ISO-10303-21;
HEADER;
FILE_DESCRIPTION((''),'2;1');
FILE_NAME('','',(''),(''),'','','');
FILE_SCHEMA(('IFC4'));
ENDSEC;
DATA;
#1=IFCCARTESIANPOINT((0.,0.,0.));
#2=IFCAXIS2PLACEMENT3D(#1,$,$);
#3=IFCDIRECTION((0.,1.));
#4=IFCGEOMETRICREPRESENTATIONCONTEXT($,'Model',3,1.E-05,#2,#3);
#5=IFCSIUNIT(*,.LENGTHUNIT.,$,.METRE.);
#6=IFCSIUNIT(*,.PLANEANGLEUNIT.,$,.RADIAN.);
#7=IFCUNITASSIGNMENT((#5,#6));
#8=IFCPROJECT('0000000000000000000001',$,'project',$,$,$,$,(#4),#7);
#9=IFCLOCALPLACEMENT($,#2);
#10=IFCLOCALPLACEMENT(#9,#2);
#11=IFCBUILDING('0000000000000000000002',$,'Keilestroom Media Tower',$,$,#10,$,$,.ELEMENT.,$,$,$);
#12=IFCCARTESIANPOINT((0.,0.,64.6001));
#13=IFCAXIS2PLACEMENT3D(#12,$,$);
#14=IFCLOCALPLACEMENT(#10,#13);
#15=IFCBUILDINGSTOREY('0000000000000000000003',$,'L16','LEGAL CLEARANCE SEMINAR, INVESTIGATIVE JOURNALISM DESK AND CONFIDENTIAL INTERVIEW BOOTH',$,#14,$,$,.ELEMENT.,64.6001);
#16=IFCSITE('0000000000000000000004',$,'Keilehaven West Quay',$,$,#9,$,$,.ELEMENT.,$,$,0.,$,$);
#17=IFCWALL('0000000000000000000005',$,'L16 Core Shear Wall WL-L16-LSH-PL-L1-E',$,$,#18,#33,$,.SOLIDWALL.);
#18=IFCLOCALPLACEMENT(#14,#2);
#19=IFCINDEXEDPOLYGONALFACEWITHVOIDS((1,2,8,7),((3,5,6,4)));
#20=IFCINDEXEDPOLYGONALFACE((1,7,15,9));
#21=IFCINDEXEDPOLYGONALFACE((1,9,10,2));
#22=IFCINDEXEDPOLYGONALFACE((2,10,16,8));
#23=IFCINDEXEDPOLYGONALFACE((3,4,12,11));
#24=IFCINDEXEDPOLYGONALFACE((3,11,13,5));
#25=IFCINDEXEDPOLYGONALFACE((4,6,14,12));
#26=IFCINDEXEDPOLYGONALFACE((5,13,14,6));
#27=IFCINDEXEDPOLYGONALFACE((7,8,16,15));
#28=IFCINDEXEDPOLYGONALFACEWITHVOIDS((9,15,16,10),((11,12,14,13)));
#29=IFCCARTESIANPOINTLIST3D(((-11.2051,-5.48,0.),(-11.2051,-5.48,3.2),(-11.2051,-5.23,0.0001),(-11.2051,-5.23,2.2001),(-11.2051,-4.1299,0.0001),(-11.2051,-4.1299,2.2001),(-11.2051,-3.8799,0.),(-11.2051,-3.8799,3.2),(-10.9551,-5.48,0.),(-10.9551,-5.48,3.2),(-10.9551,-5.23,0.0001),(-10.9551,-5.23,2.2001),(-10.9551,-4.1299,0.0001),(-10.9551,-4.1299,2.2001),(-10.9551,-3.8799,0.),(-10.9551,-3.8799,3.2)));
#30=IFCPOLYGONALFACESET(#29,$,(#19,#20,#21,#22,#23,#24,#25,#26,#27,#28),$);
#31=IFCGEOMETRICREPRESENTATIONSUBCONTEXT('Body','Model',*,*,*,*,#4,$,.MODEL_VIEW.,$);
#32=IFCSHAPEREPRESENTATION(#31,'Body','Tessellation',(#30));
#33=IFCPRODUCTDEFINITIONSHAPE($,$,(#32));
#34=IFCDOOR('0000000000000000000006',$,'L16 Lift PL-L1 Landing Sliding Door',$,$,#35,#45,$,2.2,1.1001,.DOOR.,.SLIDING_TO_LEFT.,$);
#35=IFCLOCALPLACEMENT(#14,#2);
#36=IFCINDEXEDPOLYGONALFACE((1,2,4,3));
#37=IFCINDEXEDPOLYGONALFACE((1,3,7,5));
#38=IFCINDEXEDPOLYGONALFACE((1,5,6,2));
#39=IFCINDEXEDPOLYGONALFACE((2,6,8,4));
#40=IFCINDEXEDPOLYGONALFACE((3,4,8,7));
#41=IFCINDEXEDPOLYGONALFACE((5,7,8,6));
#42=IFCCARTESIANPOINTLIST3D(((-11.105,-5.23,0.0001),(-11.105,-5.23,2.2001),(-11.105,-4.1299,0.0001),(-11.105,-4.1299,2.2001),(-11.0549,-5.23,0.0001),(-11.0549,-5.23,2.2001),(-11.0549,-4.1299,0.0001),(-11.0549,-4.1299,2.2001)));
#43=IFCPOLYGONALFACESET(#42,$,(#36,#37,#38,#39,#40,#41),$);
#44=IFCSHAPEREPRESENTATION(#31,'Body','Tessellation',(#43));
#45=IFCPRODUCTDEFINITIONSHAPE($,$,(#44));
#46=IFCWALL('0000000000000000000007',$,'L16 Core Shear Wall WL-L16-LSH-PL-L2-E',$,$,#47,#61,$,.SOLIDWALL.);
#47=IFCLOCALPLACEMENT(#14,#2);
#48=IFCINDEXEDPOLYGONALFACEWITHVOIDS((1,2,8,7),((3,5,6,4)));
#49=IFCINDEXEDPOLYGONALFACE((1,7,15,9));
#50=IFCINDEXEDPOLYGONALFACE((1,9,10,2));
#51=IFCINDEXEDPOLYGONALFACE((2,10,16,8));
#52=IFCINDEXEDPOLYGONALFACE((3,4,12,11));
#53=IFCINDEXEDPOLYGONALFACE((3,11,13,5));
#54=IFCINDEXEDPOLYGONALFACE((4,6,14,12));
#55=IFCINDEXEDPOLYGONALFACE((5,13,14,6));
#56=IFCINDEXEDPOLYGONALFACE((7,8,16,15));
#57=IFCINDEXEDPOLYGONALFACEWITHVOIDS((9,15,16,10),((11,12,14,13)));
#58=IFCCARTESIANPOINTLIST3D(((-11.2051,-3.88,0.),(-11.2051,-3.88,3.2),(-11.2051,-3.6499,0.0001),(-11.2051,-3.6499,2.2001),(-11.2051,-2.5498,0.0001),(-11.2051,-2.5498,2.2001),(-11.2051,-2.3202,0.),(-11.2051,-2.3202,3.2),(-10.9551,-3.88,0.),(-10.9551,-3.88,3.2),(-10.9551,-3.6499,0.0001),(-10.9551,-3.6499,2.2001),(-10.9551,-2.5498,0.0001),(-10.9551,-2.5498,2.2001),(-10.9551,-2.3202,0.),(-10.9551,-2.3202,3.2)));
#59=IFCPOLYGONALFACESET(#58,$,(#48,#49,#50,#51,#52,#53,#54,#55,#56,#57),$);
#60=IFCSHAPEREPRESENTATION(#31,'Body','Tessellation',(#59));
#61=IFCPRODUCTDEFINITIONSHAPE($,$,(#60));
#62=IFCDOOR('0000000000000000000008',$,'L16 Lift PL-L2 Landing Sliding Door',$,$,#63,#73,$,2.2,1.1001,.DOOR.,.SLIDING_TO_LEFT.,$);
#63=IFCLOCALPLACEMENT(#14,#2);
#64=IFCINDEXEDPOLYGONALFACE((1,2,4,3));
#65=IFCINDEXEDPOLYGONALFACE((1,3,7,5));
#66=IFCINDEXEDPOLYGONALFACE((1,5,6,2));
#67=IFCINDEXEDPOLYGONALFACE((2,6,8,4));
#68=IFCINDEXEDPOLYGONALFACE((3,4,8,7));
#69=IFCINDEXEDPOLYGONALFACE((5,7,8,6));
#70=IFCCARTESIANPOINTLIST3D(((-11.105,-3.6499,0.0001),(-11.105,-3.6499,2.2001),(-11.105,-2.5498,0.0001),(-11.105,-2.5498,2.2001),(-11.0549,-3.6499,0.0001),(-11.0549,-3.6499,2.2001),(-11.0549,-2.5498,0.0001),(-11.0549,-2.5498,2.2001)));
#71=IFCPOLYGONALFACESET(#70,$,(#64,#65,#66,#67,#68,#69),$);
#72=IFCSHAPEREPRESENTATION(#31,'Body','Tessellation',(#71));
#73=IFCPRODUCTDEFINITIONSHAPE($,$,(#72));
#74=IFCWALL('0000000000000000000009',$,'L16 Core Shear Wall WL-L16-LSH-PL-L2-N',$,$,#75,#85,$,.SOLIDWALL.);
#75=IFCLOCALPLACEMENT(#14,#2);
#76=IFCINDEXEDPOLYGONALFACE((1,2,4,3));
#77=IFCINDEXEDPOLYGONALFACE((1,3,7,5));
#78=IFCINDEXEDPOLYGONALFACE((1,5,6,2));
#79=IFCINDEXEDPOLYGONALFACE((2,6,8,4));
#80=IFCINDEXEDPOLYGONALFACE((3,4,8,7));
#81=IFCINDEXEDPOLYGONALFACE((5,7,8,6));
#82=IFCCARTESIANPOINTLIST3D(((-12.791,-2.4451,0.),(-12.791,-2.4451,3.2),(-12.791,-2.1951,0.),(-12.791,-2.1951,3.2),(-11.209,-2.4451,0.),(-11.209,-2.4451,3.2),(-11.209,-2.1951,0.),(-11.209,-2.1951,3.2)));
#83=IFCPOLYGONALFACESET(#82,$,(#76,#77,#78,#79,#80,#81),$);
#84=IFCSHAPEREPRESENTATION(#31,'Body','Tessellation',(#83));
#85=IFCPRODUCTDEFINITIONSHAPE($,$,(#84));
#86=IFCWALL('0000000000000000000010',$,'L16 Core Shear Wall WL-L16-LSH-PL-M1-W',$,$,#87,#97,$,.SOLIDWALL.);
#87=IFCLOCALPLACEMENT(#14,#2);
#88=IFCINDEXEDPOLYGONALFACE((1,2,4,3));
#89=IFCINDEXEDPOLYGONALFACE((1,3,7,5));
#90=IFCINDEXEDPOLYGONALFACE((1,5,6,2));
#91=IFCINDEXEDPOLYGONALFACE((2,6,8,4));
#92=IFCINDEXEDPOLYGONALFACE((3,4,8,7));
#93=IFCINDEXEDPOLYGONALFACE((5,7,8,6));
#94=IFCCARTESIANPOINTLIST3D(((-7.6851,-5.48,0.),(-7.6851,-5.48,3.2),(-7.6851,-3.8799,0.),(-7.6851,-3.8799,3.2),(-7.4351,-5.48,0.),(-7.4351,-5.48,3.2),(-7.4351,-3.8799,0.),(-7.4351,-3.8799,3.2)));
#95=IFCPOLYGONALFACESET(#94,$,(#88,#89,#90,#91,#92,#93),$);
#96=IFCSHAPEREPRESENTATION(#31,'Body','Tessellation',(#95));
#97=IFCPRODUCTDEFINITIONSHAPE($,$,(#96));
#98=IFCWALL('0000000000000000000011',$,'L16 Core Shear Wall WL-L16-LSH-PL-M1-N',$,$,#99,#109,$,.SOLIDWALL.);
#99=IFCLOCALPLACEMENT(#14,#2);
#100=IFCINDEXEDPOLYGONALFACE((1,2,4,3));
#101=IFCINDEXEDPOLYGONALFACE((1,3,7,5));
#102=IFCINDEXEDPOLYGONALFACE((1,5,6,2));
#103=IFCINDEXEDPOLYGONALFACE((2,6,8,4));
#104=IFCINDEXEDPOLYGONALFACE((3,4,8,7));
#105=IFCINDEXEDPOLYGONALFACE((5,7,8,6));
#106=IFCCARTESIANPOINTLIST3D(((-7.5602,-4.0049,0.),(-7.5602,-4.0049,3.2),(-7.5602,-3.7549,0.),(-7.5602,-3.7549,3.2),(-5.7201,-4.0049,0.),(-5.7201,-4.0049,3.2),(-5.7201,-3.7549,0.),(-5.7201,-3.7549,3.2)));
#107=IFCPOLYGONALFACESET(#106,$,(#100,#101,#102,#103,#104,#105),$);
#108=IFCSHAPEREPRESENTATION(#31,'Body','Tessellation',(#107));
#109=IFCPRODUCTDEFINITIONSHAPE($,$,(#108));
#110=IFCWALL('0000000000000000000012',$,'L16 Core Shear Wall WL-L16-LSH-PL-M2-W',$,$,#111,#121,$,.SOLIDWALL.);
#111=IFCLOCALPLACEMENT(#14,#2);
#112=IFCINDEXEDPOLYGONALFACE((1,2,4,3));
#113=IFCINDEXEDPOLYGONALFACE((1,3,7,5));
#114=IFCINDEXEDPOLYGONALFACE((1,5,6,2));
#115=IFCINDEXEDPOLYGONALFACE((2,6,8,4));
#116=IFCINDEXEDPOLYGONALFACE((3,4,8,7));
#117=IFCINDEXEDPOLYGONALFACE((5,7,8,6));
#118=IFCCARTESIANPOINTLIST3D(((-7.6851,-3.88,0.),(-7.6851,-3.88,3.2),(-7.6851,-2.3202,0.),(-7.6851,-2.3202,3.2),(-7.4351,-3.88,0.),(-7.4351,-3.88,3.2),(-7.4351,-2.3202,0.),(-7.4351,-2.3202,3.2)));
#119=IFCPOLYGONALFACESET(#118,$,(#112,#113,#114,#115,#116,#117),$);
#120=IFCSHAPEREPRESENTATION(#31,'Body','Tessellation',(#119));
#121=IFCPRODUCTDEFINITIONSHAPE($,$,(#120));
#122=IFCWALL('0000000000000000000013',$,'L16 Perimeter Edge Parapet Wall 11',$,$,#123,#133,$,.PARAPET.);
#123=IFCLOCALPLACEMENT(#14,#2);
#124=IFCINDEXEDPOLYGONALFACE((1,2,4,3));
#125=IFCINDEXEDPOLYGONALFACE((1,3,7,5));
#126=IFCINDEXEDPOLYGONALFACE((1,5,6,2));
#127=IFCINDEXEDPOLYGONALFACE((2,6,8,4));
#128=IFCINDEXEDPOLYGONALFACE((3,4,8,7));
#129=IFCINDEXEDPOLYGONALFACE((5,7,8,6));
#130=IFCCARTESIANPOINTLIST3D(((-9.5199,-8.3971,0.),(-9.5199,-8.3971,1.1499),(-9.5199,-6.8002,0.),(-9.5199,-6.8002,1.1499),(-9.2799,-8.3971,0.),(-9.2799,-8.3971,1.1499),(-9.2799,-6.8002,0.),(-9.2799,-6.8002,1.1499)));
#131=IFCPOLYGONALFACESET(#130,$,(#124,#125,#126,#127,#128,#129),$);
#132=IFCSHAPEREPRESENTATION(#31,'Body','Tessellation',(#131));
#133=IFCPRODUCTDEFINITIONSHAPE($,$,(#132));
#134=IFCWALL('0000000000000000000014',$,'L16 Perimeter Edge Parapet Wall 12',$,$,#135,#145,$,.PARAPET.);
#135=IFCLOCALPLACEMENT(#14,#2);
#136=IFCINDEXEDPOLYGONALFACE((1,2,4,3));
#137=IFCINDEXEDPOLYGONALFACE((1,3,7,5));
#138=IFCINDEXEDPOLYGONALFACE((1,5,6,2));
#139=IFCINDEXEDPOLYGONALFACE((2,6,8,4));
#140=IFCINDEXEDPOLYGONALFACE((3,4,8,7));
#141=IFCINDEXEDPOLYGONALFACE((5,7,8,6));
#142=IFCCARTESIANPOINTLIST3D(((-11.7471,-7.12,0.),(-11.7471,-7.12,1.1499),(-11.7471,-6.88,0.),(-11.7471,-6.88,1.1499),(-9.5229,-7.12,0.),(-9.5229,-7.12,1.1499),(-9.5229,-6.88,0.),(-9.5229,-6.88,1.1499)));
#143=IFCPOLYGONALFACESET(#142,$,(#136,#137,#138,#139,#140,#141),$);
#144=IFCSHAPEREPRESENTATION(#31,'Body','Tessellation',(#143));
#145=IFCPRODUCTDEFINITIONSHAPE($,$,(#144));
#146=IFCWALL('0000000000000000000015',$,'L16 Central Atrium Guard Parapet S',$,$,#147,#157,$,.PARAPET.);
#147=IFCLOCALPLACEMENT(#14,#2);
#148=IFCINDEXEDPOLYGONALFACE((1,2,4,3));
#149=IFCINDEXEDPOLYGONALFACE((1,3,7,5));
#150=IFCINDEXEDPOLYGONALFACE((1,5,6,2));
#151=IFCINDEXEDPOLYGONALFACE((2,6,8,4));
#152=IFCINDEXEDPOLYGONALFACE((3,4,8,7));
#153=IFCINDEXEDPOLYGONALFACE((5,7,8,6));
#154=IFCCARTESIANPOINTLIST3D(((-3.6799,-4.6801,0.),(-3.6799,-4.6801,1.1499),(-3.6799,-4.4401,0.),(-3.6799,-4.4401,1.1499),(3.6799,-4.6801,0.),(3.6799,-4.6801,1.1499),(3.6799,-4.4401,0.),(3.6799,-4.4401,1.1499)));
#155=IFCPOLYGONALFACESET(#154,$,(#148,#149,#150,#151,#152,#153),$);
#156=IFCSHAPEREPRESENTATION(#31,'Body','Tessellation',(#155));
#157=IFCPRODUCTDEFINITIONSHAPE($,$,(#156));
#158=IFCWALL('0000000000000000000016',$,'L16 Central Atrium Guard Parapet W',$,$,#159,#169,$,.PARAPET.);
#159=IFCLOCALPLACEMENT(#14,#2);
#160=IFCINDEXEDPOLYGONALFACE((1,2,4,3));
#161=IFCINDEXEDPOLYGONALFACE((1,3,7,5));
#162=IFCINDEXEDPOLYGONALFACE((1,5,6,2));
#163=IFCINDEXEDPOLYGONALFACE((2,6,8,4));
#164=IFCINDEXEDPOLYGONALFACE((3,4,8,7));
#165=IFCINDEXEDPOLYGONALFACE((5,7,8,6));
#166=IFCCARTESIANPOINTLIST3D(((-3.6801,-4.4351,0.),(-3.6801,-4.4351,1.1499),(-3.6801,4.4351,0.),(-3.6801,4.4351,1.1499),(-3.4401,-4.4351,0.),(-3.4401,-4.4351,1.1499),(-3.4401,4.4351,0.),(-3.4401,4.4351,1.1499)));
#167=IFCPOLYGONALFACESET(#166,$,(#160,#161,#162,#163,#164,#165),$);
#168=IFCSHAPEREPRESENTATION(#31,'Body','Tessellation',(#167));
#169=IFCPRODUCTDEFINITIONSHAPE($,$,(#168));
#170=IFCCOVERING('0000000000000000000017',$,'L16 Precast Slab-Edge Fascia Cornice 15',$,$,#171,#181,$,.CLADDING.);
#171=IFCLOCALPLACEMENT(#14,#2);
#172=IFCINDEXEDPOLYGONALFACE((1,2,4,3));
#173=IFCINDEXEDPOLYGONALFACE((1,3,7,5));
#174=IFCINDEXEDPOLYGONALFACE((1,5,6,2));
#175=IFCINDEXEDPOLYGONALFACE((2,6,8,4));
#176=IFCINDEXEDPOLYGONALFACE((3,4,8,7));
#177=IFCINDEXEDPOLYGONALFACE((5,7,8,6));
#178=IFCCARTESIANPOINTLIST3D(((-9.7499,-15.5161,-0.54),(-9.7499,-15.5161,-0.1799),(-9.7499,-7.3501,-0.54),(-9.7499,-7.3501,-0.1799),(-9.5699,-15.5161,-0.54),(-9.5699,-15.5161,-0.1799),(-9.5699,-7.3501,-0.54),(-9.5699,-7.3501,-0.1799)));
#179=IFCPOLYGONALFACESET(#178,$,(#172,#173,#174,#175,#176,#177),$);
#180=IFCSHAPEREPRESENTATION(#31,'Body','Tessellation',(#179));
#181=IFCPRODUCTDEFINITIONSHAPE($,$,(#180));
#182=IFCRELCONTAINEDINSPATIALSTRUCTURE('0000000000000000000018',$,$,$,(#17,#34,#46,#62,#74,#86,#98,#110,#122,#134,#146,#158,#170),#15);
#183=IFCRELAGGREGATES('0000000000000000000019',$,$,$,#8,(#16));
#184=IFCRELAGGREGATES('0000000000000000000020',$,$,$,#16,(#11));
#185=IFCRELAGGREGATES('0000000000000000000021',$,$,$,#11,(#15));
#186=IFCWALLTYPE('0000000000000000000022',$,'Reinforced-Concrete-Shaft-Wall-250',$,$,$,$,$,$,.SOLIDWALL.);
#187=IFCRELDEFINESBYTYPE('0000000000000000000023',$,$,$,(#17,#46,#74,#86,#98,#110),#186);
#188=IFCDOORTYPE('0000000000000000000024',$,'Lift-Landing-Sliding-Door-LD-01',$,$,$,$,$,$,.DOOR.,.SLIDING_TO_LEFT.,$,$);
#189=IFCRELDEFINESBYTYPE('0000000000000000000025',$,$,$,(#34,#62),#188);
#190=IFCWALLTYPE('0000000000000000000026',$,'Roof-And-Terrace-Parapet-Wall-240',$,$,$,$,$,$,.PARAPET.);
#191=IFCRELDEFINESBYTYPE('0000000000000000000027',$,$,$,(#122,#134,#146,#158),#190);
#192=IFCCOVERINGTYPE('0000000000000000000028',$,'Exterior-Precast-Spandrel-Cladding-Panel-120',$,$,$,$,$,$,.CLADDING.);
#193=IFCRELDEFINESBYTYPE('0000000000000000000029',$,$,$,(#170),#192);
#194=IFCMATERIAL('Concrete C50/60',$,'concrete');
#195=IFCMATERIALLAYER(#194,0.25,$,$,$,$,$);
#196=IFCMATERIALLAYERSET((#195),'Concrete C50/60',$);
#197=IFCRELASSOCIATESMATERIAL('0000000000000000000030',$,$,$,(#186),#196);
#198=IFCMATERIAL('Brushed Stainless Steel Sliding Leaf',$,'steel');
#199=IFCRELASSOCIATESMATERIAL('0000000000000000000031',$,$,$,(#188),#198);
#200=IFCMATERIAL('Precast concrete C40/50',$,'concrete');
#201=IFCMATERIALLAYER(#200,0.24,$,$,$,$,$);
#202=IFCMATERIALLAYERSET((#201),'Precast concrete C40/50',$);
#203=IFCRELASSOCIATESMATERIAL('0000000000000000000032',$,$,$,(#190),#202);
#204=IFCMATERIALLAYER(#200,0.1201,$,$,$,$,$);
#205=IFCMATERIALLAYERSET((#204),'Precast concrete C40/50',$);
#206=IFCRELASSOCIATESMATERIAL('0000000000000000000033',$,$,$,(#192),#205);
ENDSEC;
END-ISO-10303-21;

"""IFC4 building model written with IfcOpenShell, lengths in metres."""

from ifc_helpers import new_model, si_unit, direction, frame, frame_2d, origin, origin_2d, place, context, subcontext, project, spatial, rectangle, extrude, source, transform, mapped, material, layer, layer_set, type_object, element, fill, save


model = new_model("IFC4")

# Units and contexts
model_context = context("Model", 3, precision=1e-05, world=origin(), true_north=direction((0.0, 1.0)))
body_context = subcontext(model_context, "Body", "Model", "MODEL_VIEW")
ifc_project = project(units=[si_unit("LENGTHUNIT", "METRE"), si_unit("PLANEANGLEUNIT", "RADIAN")], contexts=[model_context])

# Site, building, storey
site_placement = place(None, origin())
site = spatial("IfcSite", under=ifc_project, at=site_placement, Name="Keilehaven West Quay", CompositionType="ELEMENT", RefElevation=0.0)
building_placement = place(site_placement, origin())
building = spatial("IfcBuilding", under=site, at=building_placement, Name="Keilestroom Media Tower", CompositionType="ELEMENT")
storey_placement = place(building_placement, frame((0.0, 0.0, 64.6001)))
storey = spatial("IfcBuildingStorey", under=building, at=storey_placement, Name="L16", Description="LEGAL CLEARANCE SEMINAR, INVESTIGATIVE JOURNALISM DESK AND CONFIDENTIAL INTERVIEW BOOTH", CompositionType="ELEMENT", Elevation=64.6001)

# Shared definitions
shared_shape_1 = source(origin(), body_context, "Body", "SweptSolid", [
    extrude(rectangle(XDim=1.1001, YDim=2.2, at=frame_2d((0.55, 1.1001))), frame((0.0, 0.0249, 0.0), z_axis=(0.0, -1.0, 0.0), x_axis=(1.0, 0.0, 0.0)), (0.0, 0.0, 1.0), 0.05),
])

# Shared definitions
ifc_material_1 = material(Name="Concrete C50/60", Category="concrete")
ifc_layer_1 = layer(ifc_material_1, 0.25)
ifc_layer_set_1 = layer_set([ifc_layer_1], Name="Concrete C50/60")
wall_type_1 = type_object("IfcWallType", Name="Reinforced-Concrete-Shaft-Wall-250", PredefinedType="SOLIDWALL", material=ifc_layer_set_1)

# Shared definitions
ifc_material_2 = material(Name="Brushed Stainless Steel Sliding Leaf", Category="steel")

# Walls, openings, doors
wall_1_placement = place(storey_placement, frame((-11.0801, -5.48, 0.0), z_axis=(0.0, 0.0, 1.0), x_axis=(0.0, 1.0, 0.0)))
wall_1 = element("IfcWall", 1, at=wall_1_placement, inside=storey, type_object=wall_type_1, Name="L16 Core Shear Wall WL-L16-LSH-PL-L1-E", PredefinedType="SOLIDWALL", context=body_context, shape_type="SweptSolid", body=[
    extrude(rectangle(XDim=1.6001, YDim=0.25, at=frame_2d((0.8, 0.0))), origin(), (0.0, 0.0, 1.0), 3.2),
])
opening_1_placement = place(wall_1_placement, frame((0.25, 0.0, 0.0)))
opening_1 = element("IfcOpeningElement", 2, at=opening_1_placement, cuts=wall_1, PredefinedType="OPENING", context=body_context, shape_type="SweptSolid", body=[
    extrude(rectangle(XDim=1.1001, YDim=2.2, at=frame_2d((0.55, 1.1001))), frame((0.0, 0.135, 0.0), z_axis=(0.0, -1.0, 0.0), x_axis=(1.0, 0.0, 0.0)), (0.0, 0.0, 1.0), 0.27),
])
door_type_1 = type_object("IfcDoorType", Name="Lift-Landing-Sliding-Door-LD-01", OperationType="SLIDING_TO_LEFT", PredefinedType="DOOR", material=ifc_material_2)
door_1_placement = place(opening_1_placement, origin())
door_1 = element("IfcDoor", 3, at=door_1_placement, inside=storey, type_object=door_type_1, Name="L16 Lift PL-L1 Landing Sliding Door", OperationType="SLIDING_TO_LEFT", OverallHeight=2.2, OverallWidth=1.1001, PredefinedType="DOOR", context=body_context, shape_type="MappedRepresentation", body=[
    mapped(shared_shape_1, transform((0.0, 0.0, 0.0), x_axis=(1.0, 0.0, 0.0), y_axis=(0.0, 1.0, 0.0), z_axis=(0.0, 0.0, 1.0), scale=1.0)),
])
fill(opening_1, door_1)
wall_2_placement = place(storey_placement, frame((-11.0801, -3.8799, 0.0), z_axis=(0.0, 0.0, 1.0), x_axis=(0.0, 1.0, 0.0)))
wall_2 = element("IfcWall", 4, at=wall_2_placement, inside=storey, type_object=wall_type_1, Name="L16 Core Shear Wall WL-L16-LSH-PL-L2-E", PredefinedType="SOLIDWALL", context=body_context, shape_type="SweptSolid", body=[
    extrude(rectangle(XDim=1.5598, YDim=0.25, at=frame_2d((0.7798, 0.0))), origin(), (0.0, 0.0, 1.0), 3.2),
])
opening_2_placement = place(wall_2_placement, frame((0.23, 0.0, 0.0)))
opening_2 = element("IfcOpeningElement", 5, at=opening_2_placement, cuts=wall_2, PredefinedType="OPENING", context=body_context, shape_type="SweptSolid", body=[
    extrude(rectangle(XDim=1.1001, YDim=2.2, at=frame_2d((0.55, 1.1001))), frame((0.0, 0.135, 0.0), z_axis=(0.0, -1.0, 0.0), x_axis=(1.0, 0.0, 0.0)), (0.0, 0.0, 1.0), 0.27),
])
door_2_placement = place(opening_2_placement, origin())
door_2 = element("IfcDoor", 6, at=door_2_placement, inside=storey, type_object=door_type_1, Name="L16 Lift PL-L2 Landing Sliding Door", OperationType="SLIDING_TO_LEFT", OverallHeight=2.2, OverallWidth=1.1001, PredefinedType="DOOR", context=body_context, shape_type="MappedRepresentation", body=[
    mapped(shared_shape_1, transform((0.0, 0.0, 0.0), x_axis=(1.0, 0.0, 0.0), y_axis=(0.0, 1.0, 0.0), z_axis=(0.0, 0.0, 1.0), scale=1.0)),
])
fill(opening_2, door_2)

# Walls
wall_3_placement = place(storey_placement, frame((-12.791, -2.3201, 0.0), z_axis=(0.0, 0.0, 1.0), x_axis=(1.0, 0.0, 0.0)))
element("IfcWall", 7, at=wall_3_placement, inside=storey, type_object=wall_type_1, Name="L16 Core Shear Wall WL-L16-LSH-PL-L2-N", PredefinedType="SOLIDWALL", context=body_context, shape_type="SweptSolid", body=[
    extrude(rectangle(XDim=1.582, YDim=0.25, at=frame_2d((0.791, 0.0))), origin(), (0.0, 0.0, 1.0), 3.2),
])
wall_4_placement = place(storey_placement, frame((-7.5601, -5.48, 0.0), z_axis=(0.0, 0.0, 1.0), x_axis=(0.0, 1.0, 0.0)))
element("IfcWall", 8, at=wall_4_placement, inside=storey, type_object=wall_type_1, Name="L16 Core Shear Wall WL-L16-LSH-PL-M1-W", PredefinedType="SOLIDWALL", context=body_context, shape_type="SweptSolid", body=[
    extrude(rectangle(XDim=1.6001, YDim=0.25, at=frame_2d((0.8, 0.0))), origin(), (0.0, 0.0, 1.0), 3.2),
])
wall_5_placement = place(storey_placement, frame((-7.5601, -3.8799, 0.0), z_axis=(0.0, 0.0, 1.0), x_axis=(1.0, 0.0, 0.0)))
element("IfcWall", 9, at=wall_5_placement, inside=storey, type_object=wall_type_1, Name="L16 Core Shear Wall WL-L16-LSH-PL-M1-N", PredefinedType="SOLIDWALL", context=body_context, shape_type="SweptSolid", body=[
    extrude(rectangle(XDim=1.8401, YDim=0.25, at=frame_2d((0.9199, 0.0))), origin(), (0.0, 0.0, 1.0), 3.2),
])
wall_6_placement = place(storey_placement, frame((-7.5601, -3.8799, 0.0), z_axis=(0.0, 0.0, 1.0), x_axis=(0.0, 1.0, 0.0)))
element("IfcWall", 10, at=wall_6_placement, inside=storey, type_object=wall_type_1, Name="L16 Core Shear Wall WL-L16-LSH-PL-M2-W", PredefinedType="SOLIDWALL", context=body_context, shape_type="SweptSolid", body=[
    extrude(rectangle(XDim=1.5598, YDim=0.25, at=frame_2d((0.7798, 0.0))), origin(), (0.0, 0.0, 1.0), 3.2),
])
ifc_material_3 = material(Name="Precast concrete C40/50", Category="concrete")
ifc_layer_2 = layer(ifc_material_3, 0.24)
ifc_layer_set_2 = layer_set([ifc_layer_2], Name="Precast concrete C40/50")
wall_type_2 = type_object("IfcWallType", Name="Roof-And-Terrace-Parapet-Wall-240", PredefinedType="PARAPET", material=ifc_layer_set_2)
wall_7_placement = place(storey_placement, frame((-9.3999, -8.397, 0.0), z_axis=(0.0, 0.0, 1.0), x_axis=(0.0, 1.0, 0.0)))
element("IfcWall", 11, at=wall_7_placement, inside=storey, type_object=wall_type_2, Name="L16 Perimeter Edge Parapet Wall 11", PredefinedType="PARAPET", context=body_context, shape_type="SweptSolid", body=[
    extrude(rectangle(XDim=1.5969, YDim=0.24, at=frame_2d((0.7983, 0.0))), origin(), (0.0, 0.0, 1.0), 1.1499),
])
wall_8_placement = place(storey_placement, frame((-9.5229, -7.0, 0.0), z_axis=(0.0, 0.0, 1.0), x_axis=(-1.0, 0.0, 0.0)))
element("IfcWall", 12, at=wall_8_placement, inside=storey, type_object=wall_type_2, Name="L16 Perimeter Edge Parapet Wall 12", PredefinedType="PARAPET", context=body_context, shape_type="SweptSolid", body=[
    extrude(rectangle(XDim=2.2241, YDim=0.24, at=frame_2d((1.1121, 0.0))), origin(), (0.0, 0.0, 1.0), 1.1499),
])
wall_9_placement = place(storey_placement, frame((-3.6799, -4.5601, 0.0), z_axis=(0.0, 0.0, 1.0), x_axis=(1.0, 0.0, 0.0)))
element("IfcWall", 13, at=wall_9_placement, inside=storey, type_object=wall_type_2, Name="L16 Central Atrium Guard Parapet S", PredefinedType="PARAPET", context=body_context, shape_type="SweptSolid", body=[
    extrude(rectangle(XDim=7.3599, YDim=0.24, at=frame_2d((3.6799, 0.0))), origin(), (0.0, 0.0, 1.0), 1.1499),
])
wall_10_placement = place(storey_placement, frame((-3.5601, -4.4351, 0.0), z_axis=(0.0, 0.0, 1.0), x_axis=(0.0, 1.0, 0.0)))
element("IfcWall", 14, at=wall_10_placement, inside=storey, type_object=wall_type_2, Name="L16 Central Atrium Guard Parapet W", PredefinedType="PARAPET", context=body_context, shape_type="SweptSolid", body=[
    extrude(rectangle(XDim=8.8701, YDim=0.24, at=frame_2d((4.4351, 0.0))), origin(), (0.0, 0.0, 1.0), 1.1499),
])

# Covering
ifc_layer_3 = layer(ifc_material_3, 0.1201)
ifc_layer_set_3 = layer_set([ifc_layer_3], Name="Precast concrete C40/50")
covering_type = type_object("IfcCoveringType", Name="Exterior-Precast-Spandrel-Cladding-Panel-120", PredefinedType="CLADDING", material=ifc_layer_set_3)
shared_shape_2 = source(origin(), body_context, "Body", "SweptSolid", [
    extrude(rectangle(XDim=8.166, YDim=0.1799, at=origin_2d()), origin(), (0.0, 0.0, 1.0), 0.3601),
])
covering_placement = place(storey_placement, frame((-9.6599, -11.4331, -0.54), z_axis=(0.0, 0.0, 1.0), x_axis=(0.0, 1.0, 0.0)))
element("IfcCovering", 15, at=covering_placement, inside=storey, type_object=covering_type, Name="L16 Precast Slab-Edge Fascia Cornice 15", PredefinedType="CLADDING", context=body_context, shape_type="MappedRepresentation", body=[
    mapped(shared_shape_2, transform((0.0, 0.0, 0.0), x_axis=(1.0, 0.0, 0.0), y_axis=(0.0, 1.0, 0.0), z_axis=(0.0, 0.0, 1.0), scale=1.0)),
])

save(model, "model.ifc")
